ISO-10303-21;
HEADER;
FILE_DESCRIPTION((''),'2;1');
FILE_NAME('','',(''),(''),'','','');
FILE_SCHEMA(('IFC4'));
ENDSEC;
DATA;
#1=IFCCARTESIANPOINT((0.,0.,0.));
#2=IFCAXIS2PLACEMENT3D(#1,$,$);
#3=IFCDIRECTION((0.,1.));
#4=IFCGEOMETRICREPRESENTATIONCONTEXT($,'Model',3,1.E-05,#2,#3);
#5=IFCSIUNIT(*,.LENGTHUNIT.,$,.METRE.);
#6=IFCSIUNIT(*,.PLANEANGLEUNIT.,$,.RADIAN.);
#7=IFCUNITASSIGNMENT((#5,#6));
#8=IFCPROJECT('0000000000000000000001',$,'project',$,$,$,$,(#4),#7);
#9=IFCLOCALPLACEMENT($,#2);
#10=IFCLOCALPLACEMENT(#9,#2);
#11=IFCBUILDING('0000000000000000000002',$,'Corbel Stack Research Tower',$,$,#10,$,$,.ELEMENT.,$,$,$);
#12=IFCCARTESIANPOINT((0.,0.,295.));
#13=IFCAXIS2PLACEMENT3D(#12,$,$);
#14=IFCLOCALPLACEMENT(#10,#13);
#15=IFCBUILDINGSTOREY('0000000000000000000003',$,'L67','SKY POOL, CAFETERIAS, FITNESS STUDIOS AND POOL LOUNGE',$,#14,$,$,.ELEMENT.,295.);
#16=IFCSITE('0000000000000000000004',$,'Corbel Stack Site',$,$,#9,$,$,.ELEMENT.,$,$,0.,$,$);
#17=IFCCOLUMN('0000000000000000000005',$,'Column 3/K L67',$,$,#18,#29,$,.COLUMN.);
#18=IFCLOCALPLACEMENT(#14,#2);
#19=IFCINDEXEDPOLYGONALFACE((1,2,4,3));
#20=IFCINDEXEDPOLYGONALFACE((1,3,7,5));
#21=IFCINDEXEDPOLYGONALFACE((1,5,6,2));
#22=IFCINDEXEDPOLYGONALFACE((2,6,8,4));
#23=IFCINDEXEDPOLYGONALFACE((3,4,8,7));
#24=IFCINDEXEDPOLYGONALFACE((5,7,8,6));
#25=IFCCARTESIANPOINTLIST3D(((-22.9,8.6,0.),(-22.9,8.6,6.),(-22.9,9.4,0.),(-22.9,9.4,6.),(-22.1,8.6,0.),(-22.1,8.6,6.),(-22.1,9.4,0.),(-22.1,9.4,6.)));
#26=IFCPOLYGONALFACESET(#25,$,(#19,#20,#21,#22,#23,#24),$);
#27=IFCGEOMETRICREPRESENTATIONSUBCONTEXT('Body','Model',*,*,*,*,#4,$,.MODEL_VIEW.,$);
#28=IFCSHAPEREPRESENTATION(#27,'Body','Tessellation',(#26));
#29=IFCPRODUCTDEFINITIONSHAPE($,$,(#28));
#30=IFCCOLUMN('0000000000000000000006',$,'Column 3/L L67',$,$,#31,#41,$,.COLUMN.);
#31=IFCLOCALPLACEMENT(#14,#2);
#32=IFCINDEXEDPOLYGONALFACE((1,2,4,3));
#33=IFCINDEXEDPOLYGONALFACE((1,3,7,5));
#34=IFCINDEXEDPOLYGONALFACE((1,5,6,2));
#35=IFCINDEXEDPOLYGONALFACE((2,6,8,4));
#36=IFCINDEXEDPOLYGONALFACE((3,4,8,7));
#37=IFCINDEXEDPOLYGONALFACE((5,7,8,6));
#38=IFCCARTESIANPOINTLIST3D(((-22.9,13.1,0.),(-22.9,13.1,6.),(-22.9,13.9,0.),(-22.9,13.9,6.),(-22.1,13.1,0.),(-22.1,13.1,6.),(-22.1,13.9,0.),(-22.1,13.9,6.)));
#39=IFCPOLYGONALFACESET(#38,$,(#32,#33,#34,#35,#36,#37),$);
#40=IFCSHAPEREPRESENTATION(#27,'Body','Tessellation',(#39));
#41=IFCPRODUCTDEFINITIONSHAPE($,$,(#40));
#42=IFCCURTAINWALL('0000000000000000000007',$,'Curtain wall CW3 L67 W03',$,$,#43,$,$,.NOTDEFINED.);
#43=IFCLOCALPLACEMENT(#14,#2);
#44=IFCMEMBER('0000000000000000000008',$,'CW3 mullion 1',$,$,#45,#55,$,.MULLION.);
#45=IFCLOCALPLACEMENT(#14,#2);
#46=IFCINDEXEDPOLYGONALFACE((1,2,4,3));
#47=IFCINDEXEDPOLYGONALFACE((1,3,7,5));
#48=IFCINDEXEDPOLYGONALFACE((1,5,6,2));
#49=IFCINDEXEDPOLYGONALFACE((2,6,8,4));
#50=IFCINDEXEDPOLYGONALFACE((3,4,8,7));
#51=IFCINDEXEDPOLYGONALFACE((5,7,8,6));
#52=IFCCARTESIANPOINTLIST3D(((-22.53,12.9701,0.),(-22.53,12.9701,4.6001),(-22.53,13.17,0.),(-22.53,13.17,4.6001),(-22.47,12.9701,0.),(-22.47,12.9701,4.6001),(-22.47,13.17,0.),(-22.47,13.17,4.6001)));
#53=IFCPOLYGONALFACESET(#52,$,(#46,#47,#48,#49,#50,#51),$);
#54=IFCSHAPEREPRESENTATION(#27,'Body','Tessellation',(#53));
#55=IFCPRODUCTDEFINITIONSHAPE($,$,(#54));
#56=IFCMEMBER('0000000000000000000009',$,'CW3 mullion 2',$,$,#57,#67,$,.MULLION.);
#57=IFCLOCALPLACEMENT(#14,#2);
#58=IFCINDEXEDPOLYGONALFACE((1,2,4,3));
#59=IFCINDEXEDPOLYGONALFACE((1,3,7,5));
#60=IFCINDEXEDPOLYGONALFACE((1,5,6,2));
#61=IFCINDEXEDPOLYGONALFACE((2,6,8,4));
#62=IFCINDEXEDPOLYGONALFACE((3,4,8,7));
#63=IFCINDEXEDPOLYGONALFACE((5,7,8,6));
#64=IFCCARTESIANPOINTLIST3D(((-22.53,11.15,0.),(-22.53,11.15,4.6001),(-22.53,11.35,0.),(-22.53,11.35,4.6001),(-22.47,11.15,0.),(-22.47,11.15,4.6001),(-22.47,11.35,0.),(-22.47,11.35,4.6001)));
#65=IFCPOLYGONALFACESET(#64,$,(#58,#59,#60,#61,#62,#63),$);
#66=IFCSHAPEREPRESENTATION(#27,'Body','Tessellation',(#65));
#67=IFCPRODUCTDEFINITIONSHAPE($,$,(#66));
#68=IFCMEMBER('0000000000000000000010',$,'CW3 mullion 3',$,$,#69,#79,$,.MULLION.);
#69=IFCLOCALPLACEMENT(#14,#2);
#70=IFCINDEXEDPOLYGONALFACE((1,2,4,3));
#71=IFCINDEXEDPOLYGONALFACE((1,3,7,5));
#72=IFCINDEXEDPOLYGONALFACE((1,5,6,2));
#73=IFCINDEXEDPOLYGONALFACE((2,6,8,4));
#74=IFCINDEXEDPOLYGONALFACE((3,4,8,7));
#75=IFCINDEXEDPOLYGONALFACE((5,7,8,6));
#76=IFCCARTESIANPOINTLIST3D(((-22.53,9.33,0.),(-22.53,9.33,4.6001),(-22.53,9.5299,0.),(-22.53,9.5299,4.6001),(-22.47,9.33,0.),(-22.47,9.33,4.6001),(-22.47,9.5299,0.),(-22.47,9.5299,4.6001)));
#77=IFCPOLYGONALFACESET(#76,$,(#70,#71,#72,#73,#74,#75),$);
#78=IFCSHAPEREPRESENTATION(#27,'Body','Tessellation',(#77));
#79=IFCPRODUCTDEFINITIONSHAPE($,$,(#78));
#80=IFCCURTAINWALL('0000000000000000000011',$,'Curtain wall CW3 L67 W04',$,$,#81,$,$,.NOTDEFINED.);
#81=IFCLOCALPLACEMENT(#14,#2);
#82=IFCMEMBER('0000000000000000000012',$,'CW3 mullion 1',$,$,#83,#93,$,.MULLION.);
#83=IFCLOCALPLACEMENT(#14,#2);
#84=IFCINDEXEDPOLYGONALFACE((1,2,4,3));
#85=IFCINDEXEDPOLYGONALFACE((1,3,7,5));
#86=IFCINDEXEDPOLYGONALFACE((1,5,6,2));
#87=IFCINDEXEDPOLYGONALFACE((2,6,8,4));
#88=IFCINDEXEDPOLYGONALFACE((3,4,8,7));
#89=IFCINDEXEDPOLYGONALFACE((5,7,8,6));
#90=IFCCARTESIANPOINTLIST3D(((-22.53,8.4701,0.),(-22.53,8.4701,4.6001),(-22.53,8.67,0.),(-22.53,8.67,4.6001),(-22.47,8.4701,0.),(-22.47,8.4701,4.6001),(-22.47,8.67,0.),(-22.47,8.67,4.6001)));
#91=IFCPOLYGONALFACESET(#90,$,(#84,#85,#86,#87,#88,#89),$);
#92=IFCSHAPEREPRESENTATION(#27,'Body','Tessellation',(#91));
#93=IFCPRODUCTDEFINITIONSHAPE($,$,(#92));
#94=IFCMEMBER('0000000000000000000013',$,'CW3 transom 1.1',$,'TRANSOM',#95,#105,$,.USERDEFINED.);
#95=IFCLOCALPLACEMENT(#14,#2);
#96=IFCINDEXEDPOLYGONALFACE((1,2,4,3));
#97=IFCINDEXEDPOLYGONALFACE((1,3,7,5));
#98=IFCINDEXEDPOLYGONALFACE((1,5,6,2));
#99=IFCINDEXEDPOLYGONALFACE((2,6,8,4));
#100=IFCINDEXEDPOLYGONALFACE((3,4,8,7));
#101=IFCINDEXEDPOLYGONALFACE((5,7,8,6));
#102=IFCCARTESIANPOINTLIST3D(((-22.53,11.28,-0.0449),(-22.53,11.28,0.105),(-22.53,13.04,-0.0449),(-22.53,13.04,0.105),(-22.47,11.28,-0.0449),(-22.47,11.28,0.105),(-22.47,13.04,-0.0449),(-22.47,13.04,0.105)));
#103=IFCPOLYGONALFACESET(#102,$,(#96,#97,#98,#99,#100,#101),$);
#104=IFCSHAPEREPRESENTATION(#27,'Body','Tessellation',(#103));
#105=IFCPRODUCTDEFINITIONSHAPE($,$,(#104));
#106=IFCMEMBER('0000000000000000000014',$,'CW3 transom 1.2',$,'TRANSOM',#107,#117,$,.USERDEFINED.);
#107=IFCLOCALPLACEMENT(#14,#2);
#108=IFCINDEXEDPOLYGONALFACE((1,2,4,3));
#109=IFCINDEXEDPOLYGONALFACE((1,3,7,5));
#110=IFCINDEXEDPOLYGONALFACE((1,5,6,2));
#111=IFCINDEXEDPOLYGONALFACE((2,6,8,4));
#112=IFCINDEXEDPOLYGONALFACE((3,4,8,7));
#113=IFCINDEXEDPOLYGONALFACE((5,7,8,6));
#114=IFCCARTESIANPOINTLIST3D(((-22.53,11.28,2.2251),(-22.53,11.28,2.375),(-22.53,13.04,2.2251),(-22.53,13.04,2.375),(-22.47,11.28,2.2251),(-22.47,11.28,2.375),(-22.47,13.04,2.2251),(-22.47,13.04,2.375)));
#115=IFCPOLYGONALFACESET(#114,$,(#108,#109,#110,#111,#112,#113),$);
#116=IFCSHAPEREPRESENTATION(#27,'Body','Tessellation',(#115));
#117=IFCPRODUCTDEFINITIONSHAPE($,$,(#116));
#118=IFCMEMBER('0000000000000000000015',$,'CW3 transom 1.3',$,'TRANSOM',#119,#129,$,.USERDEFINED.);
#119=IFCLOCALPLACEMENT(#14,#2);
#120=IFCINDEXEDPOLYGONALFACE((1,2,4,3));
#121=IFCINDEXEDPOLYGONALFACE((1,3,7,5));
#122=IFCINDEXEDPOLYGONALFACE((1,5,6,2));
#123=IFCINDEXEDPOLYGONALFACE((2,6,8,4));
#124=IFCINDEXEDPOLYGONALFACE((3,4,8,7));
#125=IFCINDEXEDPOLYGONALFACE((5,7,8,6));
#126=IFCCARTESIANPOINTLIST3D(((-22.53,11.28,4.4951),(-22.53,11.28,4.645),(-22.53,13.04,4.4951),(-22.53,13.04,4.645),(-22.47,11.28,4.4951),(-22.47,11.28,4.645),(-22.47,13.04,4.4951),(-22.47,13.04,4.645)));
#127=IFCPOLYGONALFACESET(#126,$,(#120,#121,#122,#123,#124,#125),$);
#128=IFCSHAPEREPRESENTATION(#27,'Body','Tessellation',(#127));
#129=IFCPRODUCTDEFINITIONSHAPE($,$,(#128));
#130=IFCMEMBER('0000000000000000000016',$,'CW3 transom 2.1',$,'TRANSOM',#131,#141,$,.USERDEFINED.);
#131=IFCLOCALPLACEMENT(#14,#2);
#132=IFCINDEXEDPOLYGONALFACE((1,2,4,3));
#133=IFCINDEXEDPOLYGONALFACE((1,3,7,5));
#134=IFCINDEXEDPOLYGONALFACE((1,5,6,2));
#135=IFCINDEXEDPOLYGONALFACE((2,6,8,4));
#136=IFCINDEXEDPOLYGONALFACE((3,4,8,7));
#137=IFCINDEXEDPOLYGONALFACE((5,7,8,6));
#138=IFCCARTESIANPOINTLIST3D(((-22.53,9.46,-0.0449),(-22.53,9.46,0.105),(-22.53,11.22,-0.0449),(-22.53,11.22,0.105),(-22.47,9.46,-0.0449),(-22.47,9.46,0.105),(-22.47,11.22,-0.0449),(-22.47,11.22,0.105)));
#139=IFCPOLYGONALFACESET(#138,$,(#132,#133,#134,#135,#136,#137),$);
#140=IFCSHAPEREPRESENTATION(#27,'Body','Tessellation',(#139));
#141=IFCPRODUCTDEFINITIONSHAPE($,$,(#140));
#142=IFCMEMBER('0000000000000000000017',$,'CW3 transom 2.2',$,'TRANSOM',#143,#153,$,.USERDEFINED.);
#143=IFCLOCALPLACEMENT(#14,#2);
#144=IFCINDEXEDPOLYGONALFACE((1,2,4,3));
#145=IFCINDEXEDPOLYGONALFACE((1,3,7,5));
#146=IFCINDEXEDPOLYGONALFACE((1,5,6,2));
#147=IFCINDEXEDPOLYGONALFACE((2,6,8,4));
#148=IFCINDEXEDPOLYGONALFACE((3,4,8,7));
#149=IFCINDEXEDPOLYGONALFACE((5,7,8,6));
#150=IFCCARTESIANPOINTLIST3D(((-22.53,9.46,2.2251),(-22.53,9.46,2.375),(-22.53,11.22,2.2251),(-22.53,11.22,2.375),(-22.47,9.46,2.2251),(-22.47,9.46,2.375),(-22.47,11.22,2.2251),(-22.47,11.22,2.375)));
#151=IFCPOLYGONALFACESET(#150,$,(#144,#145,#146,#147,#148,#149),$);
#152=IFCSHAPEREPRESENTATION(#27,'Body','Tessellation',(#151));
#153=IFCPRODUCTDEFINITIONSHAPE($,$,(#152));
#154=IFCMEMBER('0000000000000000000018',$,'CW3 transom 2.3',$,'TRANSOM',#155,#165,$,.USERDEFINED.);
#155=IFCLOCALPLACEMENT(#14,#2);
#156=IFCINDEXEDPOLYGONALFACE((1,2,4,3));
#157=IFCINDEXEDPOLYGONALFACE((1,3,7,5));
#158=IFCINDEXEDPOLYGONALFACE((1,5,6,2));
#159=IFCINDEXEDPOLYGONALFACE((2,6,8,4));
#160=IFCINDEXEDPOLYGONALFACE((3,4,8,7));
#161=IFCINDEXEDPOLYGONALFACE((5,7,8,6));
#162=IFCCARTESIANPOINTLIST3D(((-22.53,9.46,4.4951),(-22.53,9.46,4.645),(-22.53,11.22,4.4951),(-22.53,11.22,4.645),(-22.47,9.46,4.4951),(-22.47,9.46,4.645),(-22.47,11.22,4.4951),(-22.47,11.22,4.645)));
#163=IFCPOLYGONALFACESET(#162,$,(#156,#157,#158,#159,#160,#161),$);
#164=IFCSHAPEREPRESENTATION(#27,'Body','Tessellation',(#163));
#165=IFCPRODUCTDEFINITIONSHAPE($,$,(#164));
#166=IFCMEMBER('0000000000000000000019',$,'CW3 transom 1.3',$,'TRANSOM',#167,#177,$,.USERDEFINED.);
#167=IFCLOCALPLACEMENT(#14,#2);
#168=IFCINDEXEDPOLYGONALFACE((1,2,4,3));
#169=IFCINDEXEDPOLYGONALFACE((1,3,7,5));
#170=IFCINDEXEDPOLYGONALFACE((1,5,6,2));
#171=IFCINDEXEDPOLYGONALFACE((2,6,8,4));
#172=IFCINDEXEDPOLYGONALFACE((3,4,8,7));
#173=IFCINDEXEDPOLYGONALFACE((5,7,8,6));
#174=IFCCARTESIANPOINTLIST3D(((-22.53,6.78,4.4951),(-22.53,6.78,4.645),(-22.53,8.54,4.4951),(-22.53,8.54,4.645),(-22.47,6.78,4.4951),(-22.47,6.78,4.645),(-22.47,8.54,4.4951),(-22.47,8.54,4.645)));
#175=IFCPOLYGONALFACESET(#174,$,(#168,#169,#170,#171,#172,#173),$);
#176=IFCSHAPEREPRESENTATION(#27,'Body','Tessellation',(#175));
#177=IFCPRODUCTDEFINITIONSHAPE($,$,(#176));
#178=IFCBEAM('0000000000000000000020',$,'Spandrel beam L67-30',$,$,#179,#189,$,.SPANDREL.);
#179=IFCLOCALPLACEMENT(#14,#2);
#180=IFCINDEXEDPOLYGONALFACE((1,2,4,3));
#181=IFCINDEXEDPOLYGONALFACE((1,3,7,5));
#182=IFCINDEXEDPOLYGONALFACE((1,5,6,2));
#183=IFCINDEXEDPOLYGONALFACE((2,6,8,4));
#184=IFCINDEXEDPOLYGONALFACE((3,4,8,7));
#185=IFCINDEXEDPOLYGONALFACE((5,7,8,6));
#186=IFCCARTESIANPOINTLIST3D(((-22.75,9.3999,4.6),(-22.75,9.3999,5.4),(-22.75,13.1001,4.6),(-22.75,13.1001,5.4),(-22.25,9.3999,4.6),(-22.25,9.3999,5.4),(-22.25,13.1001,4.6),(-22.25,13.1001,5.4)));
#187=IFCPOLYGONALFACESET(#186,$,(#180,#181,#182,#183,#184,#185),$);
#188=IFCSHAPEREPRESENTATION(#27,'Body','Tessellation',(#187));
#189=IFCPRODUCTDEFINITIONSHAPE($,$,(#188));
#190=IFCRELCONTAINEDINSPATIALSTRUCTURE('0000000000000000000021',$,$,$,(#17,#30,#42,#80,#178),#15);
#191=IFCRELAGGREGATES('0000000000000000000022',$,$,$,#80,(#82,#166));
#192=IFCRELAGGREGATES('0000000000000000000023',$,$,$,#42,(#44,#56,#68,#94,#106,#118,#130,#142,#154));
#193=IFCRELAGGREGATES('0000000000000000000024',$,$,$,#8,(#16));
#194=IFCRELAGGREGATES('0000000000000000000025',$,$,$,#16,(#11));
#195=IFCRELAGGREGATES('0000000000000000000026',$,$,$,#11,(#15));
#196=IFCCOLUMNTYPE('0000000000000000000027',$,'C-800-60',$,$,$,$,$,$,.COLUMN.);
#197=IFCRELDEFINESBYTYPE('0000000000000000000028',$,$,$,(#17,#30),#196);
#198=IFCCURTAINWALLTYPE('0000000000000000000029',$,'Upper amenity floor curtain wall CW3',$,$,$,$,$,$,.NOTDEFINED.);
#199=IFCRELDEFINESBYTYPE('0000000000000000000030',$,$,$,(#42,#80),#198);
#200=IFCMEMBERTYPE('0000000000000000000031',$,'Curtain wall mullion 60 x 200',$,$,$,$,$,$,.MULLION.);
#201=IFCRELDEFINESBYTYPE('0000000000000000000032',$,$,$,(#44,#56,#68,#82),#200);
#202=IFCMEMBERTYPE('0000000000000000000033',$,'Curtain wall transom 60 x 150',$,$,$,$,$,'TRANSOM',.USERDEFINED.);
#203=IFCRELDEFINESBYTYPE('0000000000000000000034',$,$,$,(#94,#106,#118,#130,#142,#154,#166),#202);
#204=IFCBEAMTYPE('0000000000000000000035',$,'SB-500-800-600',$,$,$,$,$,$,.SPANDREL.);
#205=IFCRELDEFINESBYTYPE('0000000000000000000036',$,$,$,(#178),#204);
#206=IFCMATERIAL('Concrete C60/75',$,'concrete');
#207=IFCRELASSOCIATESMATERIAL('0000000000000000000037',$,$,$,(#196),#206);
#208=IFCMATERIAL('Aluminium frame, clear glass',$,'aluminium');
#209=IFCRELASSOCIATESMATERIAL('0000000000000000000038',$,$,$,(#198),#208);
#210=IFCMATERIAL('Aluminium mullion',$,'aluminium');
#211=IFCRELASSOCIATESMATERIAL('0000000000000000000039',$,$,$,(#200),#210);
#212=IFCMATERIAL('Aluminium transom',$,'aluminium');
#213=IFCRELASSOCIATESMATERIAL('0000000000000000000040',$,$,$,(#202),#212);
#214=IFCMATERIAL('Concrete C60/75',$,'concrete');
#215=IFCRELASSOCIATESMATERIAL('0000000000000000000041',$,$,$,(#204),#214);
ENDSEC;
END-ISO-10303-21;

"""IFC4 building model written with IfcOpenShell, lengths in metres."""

from ifc_helpers import new_model, si_unit, direction, frame, origin, origin_2d, place, context, subcontext, project, spatial, rectangle, extrude, material, material_profile, profile_set, type_object, element, aggregate, save


model = new_model("IFC4")

# Units and contexts
model_context = context("Model", 3, precision=1e-05, world=origin(), true_north=direction((0.0, 1.0)))
body_context = subcontext(model_context, "Body", "Model", "MODEL_VIEW")
ifc_project = project(units=[si_unit("LENGTHUNIT", "METRE"), si_unit("PLANEANGLEUNIT", "RADIAN")], contexts=[model_context])

# Site, building, storey
site_placement = place(None, origin())
site = spatial("IfcSite", under=ifc_project, at=site_placement, Name="Corbel Stack Site", CompositionType="ELEMENT", RefElevation=0.0)
building_placement = place(site_placement, origin())
building = spatial("IfcBuilding", under=site, at=building_placement, Name="Corbel Stack Research Tower", CompositionType="ELEMENT")
storey_placement = place(building_placement, frame((0.0, 0.0, 295.0)))
storey = spatial("IfcBuildingStorey", under=building, at=storey_placement, Name="L67", Description="SKY POOL, CAFETERIAS, FITNESS STUDIOS AND POOL LOUNGE", CompositionType="ELEMENT", Elevation=295.0)

# Columns
ifc_material_1 = material(Name="Concrete C60/75", Category="concrete")
ifc_material_profile_1 = material_profile(ifc_material_1, rectangle(XDim=0.8, YDim=0.8, at=origin_2d()), Name="RC 800 x 800")
ifc_profile_set_1 = profile_set([ifc_material_profile_1], Name="Concrete C60/75")
column_type = type_object("IfcColumnType", Name="C-800-60", PredefinedType="COLUMN", material=ifc_profile_set_1)
for number, where, z_axis, x_axis, name in (
    (1, (-22.5, 9.0, 0.0), (0.0, 0.0, 1.0), (1.0, 0.0, 0.0), "Column 3/K L67"),
    (2, (-22.5, 13.5, 0.0), (0.0, 0.0, 1.0), (1.0, 0.0, 0.0), "Column 3/L L67"),
):
    element("IfcColumn", number, at=place(storey_placement, frame(where, z_axis=z_axis, x_axis=x_axis)), inside=storey, type_object=column_type, Name=name, PredefinedType="COLUMN", context=body_context, shape_type="SweptSolid", body=[
        extrude(rectangle(XDim=0.8, YDim=0.8, at=origin_2d()), origin(), (0.0, 0.0, 1.0), 6.0),
    ])

# Curtain wall, members
ifc_material_2 = material(Name="Aluminium frame, clear glass", Category="aluminium")
curtain_wall_type = type_object("IfcCurtainWallType", Name="Upper amenity floor curtain wall CW3", PredefinedType="NOTDEFINED", material=ifc_material_2)
curtain_wall_1_placement = place(storey_placement, origin())
curtain_wall_1 = element("IfcCurtainWall", 3, at=curtain_wall_1_placement, inside=storey, type_object=curtain_wall_type, Name="Curtain wall CW3 L67 W03", PredefinedType="NOTDEFINED")
ifc_material_3 = material(Name="Aluminium mullion", Category="aluminium")
ifc_material_profile_2 = material_profile(ifc_material_3, rectangle(XDim=0.0601, YDim=0.2, at=origin_2d()), Name="Mullion 60 x 200")
ifc_profile_set_2 = profile_set([ifc_material_profile_2], Name="Aluminium mullion")
member_type_1 = type_object("IfcMemberType", Name="Curtain wall mullion 60 x 200", PredefinedType="MULLION", material=ifc_profile_set_2)
member_1_placement = place(storey_placement, frame((-22.5, 13.0701, 0.0), z_axis=(0.0, 0.0, 1.0), x_axis=(1.0, 0.0, 0.0)))
member_1 = element("IfcMember", 4, at=member_1_placement, type_object=member_type_1, Name="CW3 mullion 1", PredefinedType="MULLION", context=body_context, shape_type="SweptSolid", body=[
    extrude(rectangle(XDim=0.0601, YDim=0.2, at=origin_2d()), origin(), (0.0, 0.0, 1.0), 4.6001),
])
member_2_placement = place(storey_placement, frame((-22.5, 11.25, 0.0), z_axis=(0.0, 0.0, 1.0), x_axis=(1.0, 0.0, 0.0)))
member_2 = element("IfcMember", 5, at=member_2_placement, type_object=member_type_1, Name="CW3 mullion 2", PredefinedType="MULLION", context=body_context, shape_type="SweptSolid", body=[
    extrude(rectangle(XDim=0.0601, YDim=0.2, at=origin_2d()), origin(), (0.0, 0.0, 1.0), 4.6001),
])
member_3_placement = place(storey_placement, frame((-22.5, 9.4299, 0.0), z_axis=(0.0, 0.0, 1.0), x_axis=(1.0, 0.0, 0.0)))
member_3 = element("IfcMember", 6, at=member_3_placement, type_object=member_type_1, Name="CW3 mullion 3", PredefinedType="MULLION", context=body_context, shape_type="SweptSolid", body=[
    extrude(rectangle(XDim=0.0601, YDim=0.2, at=origin_2d()), origin(), (0.0, 0.0, 1.0), 4.6001),
])

# Curtain wall, member
curtain_wall_2_placement = place(storey_placement, origin())
curtain_wall_2 = element("IfcCurtainWall", 7, at=curtain_wall_2_placement, inside=storey, type_object=curtain_wall_type, Name="Curtain wall CW3 L67 W04", PredefinedType="NOTDEFINED")
member_4_placement = place(storey_placement, frame((-22.5, 8.5701, 0.0), z_axis=(0.0, 0.0, 1.0), x_axis=(1.0, 0.0, 0.0)))
member_4 = element("IfcMember", 8, at=member_4_placement, type_object=member_type_1, Name="CW3 mullion 1", PredefinedType="MULLION", context=body_context, shape_type="SweptSolid", body=[
    extrude(rectangle(XDim=0.0601, YDim=0.2, at=origin_2d()), origin(), (0.0, 0.0, 1.0), 4.6001),
])

# Members
ifc_material_4 = material(Name="Aluminium transom", Category="aluminium")
ifc_material_profile_3 = material_profile(ifc_material_4, rectangle(XDim=0.0601, YDim=0.1499, at=origin_2d()), Name="Transom 60 x 150")
ifc_profile_set_3 = profile_set([ifc_material_profile_3], Name="Aluminium transom")
member_type_2 = type_object("IfcMemberType", Name="Curtain wall transom 60 x 150", ElementType="TRANSOM", PredefinedType="USERDEFINED", material=ifc_profile_set_3)
member_5_placement = place(storey_placement, frame((-22.5, 13.04, 0.03), z_axis=(0.0, -1.0, 0.0), x_axis=(1.0, 0.0, 0.0)))
member_5 = element("IfcMember", 9, at=member_5_placement, type_object=member_type_2, Name="CW3 transom 1.1", ObjectType="TRANSOM", PredefinedType="USERDEFINED", context=body_context, shape_type="SweptSolid", body=[
    extrude(rectangle(XDim=0.0601, YDim=0.1499, at=origin_2d()), origin(), (0.0, 0.0, 1.0), 1.76),
])
member_6_placement = place(storey_placement, frame((-22.5, 13.04, 2.3), z_axis=(0.0, -1.0, 0.0), x_axis=(1.0, 0.0, 0.0)))
member_6 = element("IfcMember", 10, at=member_6_placement, type_object=member_type_2, Name="CW3 transom 1.2", ObjectType="TRANSOM", PredefinedType="USERDEFINED", context=body_context, shape_type="SweptSolid", body=[
    extrude(rectangle(XDim=0.0601, YDim=0.1499, at=origin_2d()), origin(), (0.0, 0.0, 1.0), 1.76),
])
member_7_placement = place(storey_placement, frame((-22.5, 13.04, 4.5701), z_axis=(0.0, -1.0, 0.0), x_axis=(1.0, 0.0, 0.0)))
member_7 = element("IfcMember", 11, at=member_7_placement, type_object=member_type_2, Name="CW3 transom 1.3", ObjectType="TRANSOM", PredefinedType="USERDEFINED", context=body_context, shape_type="SweptSolid", body=[
    extrude(rectangle(XDim=0.0601, YDim=0.1499, at=origin_2d()), origin(), (0.0, 0.0, 1.0), 1.76),
])
member_8_placement = place(storey_placement, frame((-22.5, 11.22, 0.03), z_axis=(0.0, -1.0, 0.0), x_axis=(1.0, 0.0, 0.0)))
member_8 = element("IfcMember", 12, at=member_8_placement, type_object=member_type_2, Name="CW3 transom 2.1", ObjectType="TRANSOM", PredefinedType="USERDEFINED", context=body_context, shape_type="SweptSolid", body=[
    extrude(rectangle(XDim=0.0601, YDim=0.1499, at=origin_2d()), origin(), (0.0, 0.0, 1.0), 1.76),
])
member_9_placement = place(storey_placement, frame((-22.5, 11.22, 2.3), z_axis=(0.0, -1.0, 0.0), x_axis=(1.0, 0.0, 0.0)))
member_9 = element("IfcMember", 13, at=member_9_placement, type_object=member_type_2, Name="CW3 transom 2.2", ObjectType="TRANSOM", PredefinedType="USERDEFINED", context=body_context, shape_type="SweptSolid", body=[
    extrude(rectangle(XDim=0.0601, YDim=0.1499, at=origin_2d()), origin(), (0.0, 0.0, 1.0), 1.76),
])
member_10_placement = place(storey_placement, frame((-22.5, 11.22, 4.5701), z_axis=(0.0, -1.0, 0.0), x_axis=(1.0, 0.0, 0.0)))
member_10 = element("IfcMember", 14, at=member_10_placement, type_object=member_type_2, Name="CW3 transom 2.3", ObjectType="TRANSOM", PredefinedType="USERDEFINED", context=body_context, shape_type="SweptSolid", body=[
    extrude(rectangle(XDim=0.0601, YDim=0.1499, at=origin_2d()), origin(), (0.0, 0.0, 1.0), 1.76),
])
member_11_placement = place(storey_placement, frame((-22.5, 8.54, 4.5701), z_axis=(0.0, -1.0, 0.0), x_axis=(1.0, 0.0, 0.0)))
member_11 = element("IfcMember", 15, at=member_11_placement, type_object=member_type_2, Name="CW3 transom 1.3", ObjectType="TRANSOM", PredefinedType="USERDEFINED", context=body_context, shape_type="SweptSolid", body=[
    extrude(rectangle(XDim=0.0601, YDim=0.1499, at=origin_2d()), origin(), (0.0, 0.0, 1.0), 1.76),
])
aggregate(curtain_wall_2, [member_4, member_11])

# Beam
ifc_material_5 = material(Name="Concrete C60/75", Category="concrete")
ifc_material_profile_4 = material_profile(ifc_material_5, rectangle(XDim=0.5, YDim=0.8, at=origin_2d()), Name="RC 500 x 800")
ifc_profile_set_4 = profile_set([ifc_material_profile_4], Name="Concrete C60/75")
beam_type = type_object("IfcBeamType", Name="SB-500-800-600", PredefinedType="SPANDREL", material=ifc_profile_set_4)
for number, where, z_axis, x_axis, name in (
    (16, (-22.5, 13.1001, 5.0), (0.0, -1.0, 0.0), (1.0, 0.0, 0.0), "Spandrel beam L67-30"),
):
    element("IfcBeam", number, at=place(storey_placement, frame(where, z_axis=z_axis, x_axis=x_axis)), inside=storey, type_object=beam_type, Name=name, PredefinedType="SPANDREL", context=body_context, shape_type="SweptSolid", body=[
        extrude(rectangle(XDim=0.5, YDim=0.8, at=origin_2d()), origin(), (0.0, 0.0, 1.0), 3.7002),
    ])

aggregate(curtain_wall_1, [member_1, member_2, member_3, member_5, member_6, member_7, member_8, member_9, member_10])

save(model, "model.ifc")
